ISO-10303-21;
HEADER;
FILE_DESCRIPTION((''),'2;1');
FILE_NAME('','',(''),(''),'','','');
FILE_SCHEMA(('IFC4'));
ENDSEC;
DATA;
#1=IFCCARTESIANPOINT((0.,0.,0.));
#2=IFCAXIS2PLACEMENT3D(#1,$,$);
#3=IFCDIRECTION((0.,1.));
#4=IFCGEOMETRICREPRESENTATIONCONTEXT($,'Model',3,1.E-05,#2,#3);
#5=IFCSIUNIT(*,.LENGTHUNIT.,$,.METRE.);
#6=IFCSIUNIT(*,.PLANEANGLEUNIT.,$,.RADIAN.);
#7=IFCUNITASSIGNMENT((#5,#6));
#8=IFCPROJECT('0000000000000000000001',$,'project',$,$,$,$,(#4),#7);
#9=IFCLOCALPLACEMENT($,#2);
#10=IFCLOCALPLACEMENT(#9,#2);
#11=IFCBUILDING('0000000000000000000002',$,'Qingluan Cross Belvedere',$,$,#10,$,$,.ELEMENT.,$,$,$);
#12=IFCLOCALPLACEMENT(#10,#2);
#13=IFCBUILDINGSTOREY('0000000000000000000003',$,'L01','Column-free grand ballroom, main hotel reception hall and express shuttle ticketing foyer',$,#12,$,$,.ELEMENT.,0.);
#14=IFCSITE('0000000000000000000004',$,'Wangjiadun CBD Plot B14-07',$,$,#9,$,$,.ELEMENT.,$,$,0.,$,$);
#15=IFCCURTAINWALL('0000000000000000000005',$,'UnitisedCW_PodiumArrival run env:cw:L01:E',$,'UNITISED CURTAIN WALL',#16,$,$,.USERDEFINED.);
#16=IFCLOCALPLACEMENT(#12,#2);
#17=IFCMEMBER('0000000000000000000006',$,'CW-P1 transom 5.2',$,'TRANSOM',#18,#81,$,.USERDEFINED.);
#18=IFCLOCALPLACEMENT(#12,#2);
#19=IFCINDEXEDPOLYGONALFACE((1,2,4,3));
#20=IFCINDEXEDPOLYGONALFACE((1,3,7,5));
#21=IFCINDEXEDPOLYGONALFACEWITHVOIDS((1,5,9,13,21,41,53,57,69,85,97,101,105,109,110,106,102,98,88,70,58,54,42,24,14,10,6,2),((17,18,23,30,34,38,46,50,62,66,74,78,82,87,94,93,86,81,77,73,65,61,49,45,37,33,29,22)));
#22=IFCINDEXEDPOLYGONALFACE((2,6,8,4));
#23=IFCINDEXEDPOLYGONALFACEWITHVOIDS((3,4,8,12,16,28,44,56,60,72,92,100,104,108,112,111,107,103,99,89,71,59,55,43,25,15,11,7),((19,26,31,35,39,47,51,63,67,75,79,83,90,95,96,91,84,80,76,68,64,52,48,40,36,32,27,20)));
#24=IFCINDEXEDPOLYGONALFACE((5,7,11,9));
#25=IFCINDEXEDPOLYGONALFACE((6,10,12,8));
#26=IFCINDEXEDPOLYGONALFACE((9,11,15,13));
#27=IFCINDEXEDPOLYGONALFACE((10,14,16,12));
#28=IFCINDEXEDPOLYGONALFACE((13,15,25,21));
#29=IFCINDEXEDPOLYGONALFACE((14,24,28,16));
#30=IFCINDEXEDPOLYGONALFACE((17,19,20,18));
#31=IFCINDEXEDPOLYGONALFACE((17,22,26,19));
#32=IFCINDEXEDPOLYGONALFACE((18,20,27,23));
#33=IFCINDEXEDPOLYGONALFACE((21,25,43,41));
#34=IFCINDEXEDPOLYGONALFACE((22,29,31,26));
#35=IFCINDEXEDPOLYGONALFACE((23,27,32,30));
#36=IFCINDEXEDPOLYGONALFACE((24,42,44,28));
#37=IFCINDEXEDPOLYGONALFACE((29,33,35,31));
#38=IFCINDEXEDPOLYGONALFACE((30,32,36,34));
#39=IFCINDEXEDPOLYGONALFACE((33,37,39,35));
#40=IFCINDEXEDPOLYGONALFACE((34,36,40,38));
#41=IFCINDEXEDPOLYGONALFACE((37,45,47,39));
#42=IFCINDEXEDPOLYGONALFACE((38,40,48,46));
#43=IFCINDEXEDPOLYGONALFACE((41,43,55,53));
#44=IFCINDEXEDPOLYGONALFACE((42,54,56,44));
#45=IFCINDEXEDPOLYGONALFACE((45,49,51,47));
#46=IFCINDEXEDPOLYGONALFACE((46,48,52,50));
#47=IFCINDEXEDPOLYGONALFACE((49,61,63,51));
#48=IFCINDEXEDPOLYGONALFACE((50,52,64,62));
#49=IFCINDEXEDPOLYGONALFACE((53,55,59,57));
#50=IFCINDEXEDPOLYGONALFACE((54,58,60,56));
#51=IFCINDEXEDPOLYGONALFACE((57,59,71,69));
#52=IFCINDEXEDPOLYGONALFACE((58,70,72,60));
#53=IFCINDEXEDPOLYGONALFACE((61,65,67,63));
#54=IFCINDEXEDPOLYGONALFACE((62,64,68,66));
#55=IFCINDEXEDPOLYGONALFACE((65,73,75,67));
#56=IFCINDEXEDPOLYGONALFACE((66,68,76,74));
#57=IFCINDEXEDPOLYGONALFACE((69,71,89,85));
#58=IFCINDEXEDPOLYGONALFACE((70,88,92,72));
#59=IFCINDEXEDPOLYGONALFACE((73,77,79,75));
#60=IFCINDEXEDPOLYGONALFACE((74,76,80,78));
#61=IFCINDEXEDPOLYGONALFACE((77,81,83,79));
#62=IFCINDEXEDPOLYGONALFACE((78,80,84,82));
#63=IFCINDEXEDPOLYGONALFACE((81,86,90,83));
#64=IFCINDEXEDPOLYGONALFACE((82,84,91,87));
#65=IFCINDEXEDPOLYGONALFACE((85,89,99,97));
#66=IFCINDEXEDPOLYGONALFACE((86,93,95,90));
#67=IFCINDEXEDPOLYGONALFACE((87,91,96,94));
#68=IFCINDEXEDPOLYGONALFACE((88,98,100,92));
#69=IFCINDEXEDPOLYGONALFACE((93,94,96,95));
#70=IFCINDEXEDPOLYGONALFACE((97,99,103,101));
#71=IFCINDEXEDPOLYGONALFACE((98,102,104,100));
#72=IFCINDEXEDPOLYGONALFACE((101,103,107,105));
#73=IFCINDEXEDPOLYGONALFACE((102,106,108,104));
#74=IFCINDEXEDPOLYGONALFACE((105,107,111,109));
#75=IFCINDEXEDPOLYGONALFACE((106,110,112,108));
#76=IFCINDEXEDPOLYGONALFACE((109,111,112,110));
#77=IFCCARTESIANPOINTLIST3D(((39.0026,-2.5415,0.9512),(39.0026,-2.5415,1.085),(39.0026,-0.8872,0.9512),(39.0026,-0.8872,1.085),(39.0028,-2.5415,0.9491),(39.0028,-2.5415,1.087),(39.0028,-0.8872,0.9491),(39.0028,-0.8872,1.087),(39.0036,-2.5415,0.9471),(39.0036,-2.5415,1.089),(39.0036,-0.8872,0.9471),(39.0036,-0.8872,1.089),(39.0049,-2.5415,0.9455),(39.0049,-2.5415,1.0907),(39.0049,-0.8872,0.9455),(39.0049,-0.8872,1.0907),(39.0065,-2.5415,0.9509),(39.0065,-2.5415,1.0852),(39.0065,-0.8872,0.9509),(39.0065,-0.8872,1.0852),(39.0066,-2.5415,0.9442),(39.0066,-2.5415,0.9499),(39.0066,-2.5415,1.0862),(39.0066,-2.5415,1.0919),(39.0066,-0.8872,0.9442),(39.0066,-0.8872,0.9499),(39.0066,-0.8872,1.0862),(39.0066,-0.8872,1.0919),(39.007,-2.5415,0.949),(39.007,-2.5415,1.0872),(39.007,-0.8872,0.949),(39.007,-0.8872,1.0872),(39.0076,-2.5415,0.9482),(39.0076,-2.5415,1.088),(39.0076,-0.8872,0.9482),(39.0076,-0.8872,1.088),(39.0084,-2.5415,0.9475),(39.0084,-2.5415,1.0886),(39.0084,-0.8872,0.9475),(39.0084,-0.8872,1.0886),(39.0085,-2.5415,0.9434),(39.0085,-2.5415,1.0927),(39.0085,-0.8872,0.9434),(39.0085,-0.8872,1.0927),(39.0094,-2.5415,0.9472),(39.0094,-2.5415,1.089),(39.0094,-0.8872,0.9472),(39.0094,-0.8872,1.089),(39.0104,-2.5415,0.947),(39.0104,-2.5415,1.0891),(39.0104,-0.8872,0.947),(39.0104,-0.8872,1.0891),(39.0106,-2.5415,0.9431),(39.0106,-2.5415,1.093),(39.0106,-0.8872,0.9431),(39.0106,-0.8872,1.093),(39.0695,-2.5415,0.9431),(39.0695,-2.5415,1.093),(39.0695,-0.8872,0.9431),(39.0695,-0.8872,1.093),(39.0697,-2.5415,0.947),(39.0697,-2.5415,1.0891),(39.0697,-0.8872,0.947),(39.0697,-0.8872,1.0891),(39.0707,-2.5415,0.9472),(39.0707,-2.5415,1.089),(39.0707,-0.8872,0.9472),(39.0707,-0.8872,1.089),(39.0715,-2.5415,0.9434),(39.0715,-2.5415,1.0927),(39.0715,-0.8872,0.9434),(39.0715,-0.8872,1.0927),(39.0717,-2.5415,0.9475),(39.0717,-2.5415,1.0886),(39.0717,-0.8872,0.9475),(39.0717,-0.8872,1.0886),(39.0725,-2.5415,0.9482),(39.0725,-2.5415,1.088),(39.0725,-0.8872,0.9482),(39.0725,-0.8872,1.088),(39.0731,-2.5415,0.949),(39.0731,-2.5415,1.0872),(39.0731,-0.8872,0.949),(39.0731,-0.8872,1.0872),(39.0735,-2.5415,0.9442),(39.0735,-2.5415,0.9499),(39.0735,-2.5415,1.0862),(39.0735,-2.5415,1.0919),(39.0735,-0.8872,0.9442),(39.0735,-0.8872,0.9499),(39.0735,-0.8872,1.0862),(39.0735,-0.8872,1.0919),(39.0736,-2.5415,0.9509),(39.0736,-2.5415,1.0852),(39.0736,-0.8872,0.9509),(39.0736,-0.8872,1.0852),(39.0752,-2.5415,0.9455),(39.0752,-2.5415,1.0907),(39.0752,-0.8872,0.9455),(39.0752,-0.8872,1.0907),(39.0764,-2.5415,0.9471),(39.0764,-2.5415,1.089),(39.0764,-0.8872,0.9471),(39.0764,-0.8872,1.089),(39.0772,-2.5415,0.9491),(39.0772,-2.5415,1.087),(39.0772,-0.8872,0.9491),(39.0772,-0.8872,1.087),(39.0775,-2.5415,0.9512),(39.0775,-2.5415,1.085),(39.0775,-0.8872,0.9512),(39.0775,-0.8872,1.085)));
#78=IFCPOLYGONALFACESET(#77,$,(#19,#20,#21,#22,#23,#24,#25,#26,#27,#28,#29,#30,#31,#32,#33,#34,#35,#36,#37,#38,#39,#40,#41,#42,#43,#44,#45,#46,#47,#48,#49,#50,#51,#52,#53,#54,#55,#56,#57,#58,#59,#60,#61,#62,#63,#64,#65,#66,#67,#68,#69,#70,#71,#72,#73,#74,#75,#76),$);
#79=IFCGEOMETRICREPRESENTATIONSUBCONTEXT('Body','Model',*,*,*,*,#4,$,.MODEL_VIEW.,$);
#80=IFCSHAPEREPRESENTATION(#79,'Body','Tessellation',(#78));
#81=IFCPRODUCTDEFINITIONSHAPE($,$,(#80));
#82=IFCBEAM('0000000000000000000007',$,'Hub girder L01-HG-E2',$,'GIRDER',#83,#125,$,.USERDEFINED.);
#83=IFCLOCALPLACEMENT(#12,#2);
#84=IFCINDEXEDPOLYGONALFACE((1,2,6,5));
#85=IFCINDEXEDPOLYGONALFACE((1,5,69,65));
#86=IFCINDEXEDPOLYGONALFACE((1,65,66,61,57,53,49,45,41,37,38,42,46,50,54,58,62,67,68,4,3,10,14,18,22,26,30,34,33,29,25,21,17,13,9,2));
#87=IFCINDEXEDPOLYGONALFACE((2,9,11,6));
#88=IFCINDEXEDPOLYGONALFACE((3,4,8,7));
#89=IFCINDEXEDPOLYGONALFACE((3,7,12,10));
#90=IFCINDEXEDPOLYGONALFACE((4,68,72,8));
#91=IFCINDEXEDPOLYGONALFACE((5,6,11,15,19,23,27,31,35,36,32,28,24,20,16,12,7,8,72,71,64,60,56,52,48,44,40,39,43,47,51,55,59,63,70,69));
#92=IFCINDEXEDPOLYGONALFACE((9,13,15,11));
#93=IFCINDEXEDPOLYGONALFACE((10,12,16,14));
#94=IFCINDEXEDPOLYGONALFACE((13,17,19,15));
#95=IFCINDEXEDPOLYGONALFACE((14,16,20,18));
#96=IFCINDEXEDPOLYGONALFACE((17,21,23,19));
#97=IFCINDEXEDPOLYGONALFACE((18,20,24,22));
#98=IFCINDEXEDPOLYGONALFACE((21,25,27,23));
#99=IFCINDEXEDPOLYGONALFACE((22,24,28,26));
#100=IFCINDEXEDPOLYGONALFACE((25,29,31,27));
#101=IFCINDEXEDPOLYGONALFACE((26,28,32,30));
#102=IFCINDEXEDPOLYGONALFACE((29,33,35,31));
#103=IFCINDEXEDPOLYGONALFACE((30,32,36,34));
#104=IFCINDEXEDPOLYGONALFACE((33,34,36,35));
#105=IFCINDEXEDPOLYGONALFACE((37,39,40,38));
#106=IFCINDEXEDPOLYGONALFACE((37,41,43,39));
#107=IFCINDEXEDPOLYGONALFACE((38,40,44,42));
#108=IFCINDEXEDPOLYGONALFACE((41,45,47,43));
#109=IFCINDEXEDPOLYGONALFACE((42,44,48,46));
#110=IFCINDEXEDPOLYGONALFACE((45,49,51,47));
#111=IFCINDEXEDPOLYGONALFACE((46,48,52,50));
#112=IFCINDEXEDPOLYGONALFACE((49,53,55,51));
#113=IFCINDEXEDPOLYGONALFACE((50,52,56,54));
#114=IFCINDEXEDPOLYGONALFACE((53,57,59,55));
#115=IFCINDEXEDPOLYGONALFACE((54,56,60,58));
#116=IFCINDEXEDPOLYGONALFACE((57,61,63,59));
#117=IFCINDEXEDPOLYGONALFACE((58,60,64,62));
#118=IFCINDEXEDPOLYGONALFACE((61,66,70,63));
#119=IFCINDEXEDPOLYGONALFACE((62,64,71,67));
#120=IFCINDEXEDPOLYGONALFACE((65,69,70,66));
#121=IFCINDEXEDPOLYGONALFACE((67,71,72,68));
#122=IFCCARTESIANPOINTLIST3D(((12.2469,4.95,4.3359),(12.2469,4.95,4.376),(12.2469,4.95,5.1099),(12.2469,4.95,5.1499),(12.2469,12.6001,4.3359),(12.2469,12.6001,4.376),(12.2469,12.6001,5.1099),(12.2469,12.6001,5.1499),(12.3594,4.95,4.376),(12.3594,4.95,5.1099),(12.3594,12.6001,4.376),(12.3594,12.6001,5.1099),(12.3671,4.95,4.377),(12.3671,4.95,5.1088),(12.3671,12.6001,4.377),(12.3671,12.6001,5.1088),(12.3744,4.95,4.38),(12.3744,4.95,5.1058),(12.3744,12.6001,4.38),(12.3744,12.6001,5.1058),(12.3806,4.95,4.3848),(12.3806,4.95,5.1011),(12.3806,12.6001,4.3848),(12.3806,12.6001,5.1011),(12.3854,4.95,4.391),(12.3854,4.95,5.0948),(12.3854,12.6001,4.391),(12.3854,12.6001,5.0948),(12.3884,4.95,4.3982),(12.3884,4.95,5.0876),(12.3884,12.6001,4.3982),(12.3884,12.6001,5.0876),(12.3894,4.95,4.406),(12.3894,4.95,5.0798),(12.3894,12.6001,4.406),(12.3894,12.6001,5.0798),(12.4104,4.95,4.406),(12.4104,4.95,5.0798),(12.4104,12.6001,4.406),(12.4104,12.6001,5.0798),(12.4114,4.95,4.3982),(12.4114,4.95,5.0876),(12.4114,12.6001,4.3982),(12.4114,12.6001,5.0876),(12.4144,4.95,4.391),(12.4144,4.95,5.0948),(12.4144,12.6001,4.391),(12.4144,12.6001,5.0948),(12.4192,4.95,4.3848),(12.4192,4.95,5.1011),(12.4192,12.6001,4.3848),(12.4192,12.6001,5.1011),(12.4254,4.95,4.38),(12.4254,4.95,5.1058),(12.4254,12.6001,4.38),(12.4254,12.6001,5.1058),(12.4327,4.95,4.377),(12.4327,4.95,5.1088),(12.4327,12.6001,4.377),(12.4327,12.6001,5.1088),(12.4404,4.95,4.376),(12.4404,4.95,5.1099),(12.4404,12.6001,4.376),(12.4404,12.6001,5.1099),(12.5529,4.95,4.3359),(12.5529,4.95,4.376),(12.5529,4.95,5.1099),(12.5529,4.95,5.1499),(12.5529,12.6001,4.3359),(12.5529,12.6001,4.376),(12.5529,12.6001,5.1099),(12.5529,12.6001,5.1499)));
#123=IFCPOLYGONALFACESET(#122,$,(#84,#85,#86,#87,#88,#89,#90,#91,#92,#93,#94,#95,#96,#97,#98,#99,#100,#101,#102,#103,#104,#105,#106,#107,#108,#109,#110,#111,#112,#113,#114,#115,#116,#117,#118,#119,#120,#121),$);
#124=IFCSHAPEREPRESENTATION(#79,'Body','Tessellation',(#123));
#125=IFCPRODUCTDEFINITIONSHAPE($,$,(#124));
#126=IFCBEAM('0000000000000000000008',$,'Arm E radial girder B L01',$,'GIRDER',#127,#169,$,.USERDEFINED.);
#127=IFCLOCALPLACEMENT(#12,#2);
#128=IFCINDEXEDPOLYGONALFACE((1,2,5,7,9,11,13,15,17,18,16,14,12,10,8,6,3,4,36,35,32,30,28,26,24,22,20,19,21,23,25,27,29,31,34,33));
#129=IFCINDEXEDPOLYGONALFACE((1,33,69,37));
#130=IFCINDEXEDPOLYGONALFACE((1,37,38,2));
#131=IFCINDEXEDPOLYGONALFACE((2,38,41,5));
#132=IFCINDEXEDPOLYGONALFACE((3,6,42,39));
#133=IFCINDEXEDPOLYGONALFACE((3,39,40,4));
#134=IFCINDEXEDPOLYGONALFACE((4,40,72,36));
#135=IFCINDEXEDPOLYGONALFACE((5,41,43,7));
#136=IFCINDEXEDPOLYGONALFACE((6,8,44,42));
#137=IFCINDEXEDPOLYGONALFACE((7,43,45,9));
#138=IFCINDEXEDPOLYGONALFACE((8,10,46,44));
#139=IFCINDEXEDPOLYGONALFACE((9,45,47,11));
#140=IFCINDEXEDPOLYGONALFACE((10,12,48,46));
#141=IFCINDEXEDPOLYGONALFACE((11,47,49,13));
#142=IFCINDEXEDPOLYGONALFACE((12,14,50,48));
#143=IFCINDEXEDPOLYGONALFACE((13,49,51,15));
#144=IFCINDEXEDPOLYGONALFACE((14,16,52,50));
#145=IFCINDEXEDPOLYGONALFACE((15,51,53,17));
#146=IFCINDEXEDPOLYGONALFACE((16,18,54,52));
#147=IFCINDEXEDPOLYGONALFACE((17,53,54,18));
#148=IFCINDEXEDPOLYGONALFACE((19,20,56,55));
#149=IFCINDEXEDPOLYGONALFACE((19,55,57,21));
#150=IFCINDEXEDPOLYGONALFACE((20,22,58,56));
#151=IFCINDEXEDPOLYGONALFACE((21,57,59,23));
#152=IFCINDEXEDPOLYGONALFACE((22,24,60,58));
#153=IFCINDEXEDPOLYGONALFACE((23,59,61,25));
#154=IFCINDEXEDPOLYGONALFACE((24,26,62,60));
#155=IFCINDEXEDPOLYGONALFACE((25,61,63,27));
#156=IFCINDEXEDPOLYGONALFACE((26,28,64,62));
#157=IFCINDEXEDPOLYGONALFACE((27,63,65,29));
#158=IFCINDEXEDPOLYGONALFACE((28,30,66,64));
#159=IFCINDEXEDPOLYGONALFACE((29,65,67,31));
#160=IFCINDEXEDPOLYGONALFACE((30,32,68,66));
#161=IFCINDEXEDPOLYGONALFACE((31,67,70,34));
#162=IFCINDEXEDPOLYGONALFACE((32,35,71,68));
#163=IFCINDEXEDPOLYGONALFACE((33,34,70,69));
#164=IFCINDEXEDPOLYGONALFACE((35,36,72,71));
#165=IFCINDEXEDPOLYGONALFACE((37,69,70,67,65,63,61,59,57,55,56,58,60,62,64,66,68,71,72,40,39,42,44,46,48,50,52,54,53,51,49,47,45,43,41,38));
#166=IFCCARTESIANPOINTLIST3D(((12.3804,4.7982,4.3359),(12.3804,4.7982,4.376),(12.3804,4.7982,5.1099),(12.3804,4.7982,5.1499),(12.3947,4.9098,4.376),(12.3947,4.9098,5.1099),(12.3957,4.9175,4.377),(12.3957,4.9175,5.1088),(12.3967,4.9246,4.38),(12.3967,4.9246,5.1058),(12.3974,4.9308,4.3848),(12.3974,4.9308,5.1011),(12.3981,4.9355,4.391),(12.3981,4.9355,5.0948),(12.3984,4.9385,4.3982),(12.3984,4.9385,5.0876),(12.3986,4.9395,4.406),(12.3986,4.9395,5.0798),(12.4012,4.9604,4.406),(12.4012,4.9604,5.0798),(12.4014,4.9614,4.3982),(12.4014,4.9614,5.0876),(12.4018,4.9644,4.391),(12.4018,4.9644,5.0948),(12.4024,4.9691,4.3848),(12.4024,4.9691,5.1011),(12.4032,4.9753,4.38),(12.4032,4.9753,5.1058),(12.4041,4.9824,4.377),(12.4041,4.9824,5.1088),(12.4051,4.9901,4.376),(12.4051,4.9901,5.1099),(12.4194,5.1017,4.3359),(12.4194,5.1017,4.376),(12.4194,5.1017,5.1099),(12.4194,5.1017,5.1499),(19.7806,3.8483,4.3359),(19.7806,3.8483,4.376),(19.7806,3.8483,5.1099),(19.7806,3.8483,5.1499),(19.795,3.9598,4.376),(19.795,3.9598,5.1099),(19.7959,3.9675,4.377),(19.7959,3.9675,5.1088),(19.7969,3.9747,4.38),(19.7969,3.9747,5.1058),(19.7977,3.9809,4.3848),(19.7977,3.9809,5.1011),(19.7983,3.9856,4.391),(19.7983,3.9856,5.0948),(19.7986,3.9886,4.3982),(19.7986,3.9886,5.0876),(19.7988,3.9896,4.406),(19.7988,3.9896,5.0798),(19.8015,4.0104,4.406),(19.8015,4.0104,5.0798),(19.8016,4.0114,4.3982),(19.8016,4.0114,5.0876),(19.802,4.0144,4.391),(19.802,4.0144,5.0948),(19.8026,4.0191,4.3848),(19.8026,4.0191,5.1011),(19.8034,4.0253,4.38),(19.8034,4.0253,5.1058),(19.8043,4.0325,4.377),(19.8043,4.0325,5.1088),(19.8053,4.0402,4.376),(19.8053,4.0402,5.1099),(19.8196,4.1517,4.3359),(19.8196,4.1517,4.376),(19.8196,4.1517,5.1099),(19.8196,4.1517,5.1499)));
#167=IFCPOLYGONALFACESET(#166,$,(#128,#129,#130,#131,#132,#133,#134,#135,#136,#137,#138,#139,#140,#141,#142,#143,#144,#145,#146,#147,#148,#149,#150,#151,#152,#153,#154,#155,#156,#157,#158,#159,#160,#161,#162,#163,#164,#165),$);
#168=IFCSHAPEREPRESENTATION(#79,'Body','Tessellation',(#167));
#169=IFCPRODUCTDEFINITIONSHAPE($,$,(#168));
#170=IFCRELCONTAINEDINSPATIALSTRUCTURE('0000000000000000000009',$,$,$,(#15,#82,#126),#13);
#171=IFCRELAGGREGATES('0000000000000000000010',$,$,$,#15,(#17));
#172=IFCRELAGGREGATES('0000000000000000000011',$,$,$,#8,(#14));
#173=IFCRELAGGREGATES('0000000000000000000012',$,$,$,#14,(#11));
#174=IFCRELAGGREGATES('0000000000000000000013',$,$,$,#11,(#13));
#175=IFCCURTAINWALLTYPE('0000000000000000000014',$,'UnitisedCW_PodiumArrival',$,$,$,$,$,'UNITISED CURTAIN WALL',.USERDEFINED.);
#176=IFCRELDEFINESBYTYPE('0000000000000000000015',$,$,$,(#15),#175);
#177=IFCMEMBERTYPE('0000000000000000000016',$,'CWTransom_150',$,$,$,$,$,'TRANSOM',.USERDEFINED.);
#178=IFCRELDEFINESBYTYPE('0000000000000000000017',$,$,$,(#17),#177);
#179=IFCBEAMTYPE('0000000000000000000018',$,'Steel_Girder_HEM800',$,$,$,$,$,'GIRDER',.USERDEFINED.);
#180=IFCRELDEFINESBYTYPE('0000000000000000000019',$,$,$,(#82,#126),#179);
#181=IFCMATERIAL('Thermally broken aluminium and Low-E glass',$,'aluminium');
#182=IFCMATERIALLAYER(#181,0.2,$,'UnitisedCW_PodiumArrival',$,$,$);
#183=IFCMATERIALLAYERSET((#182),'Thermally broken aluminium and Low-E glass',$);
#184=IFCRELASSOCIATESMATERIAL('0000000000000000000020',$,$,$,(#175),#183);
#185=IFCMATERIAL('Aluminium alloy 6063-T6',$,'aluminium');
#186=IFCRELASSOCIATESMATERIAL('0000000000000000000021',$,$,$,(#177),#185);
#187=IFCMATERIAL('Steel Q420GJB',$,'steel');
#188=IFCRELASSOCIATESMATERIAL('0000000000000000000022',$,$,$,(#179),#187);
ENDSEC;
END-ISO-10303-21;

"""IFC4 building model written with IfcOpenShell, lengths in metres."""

from ifc_helpers import new_model, si_unit, direction, frame, origin, origin_2d, place, context, subcontext, project, spatial, hollow_rectangle, i_section, extrude, material, layer, layer_set, material_profile, profile_set, type_object, element, aggregate, save


model = new_model("IFC4")

# Units and contexts
model_context = context("Model", 3, precision=1e-05, world=origin(), true_north=direction((0.0, 1.0)))
body_context = subcontext(model_context, "Body", "Model", "MODEL_VIEW")
ifc_project = project(units=[si_unit("LENGTHUNIT", "METRE"), si_unit("PLANEANGLEUNIT", "RADIAN")], contexts=[model_context])

# Site, building, storey
site_placement = place(None, origin())
site = spatial("IfcSite", under=ifc_project, at=site_placement, Name="Wangjiadun CBD Plot B14-07", CompositionType="ELEMENT", RefElevation=0.0)
building_placement = place(site_placement, origin())
building = spatial("IfcBuilding", under=site, at=building_placement, Name="Qingluan Cross Belvedere", CompositionType="ELEMENT")
storey_placement = place(building_placement, origin())
storey = spatial("IfcBuildingStorey", under=building, at=storey_placement, Name="L01", Description="Column-free grand ballroom, main hotel reception hall and express shuttle ticketing foyer", CompositionType="ELEMENT", Elevation=0.0)

# Curtain wall, member
ifc_material_1 = material(Name="Thermally broken aluminium and Low-E glass", Category="aluminium")
ifc_layer_1 = layer(ifc_material_1, 0.2, Name="UnitisedCW_PodiumArrival")
ifc_layer_set_1 = layer_set([ifc_layer_1], Name="Thermally broken aluminium and Low-E glass")
curtain_wall_type = type_object("IfcCurtainWallType", Name="UnitisedCW_PodiumArrival", ElementType="UNITISED CURTAIN WALL", PredefinedType="USERDEFINED", material=ifc_layer_set_1)
curtain_wall_placement = place(storey_placement, origin())
curtain_wall = element("IfcCurtainWall", 1, at=curtain_wall_placement, inside=storey, type_object=curtain_wall_type, Name="UnitisedCW_PodiumArrival run env:cw:L01:E", ObjectType="UNITISED CURTAIN WALL", PredefinedType="USERDEFINED")
ifc_material_2 = material(Name="Aluminium alloy 6063-T6", Category="aluminium")
ifc_material_profile_1 = material_profile(ifc_material_2, hollow_rectangle(XDim=0.075, YDim=0.1499, WallThickness=0.0039, InnerFilletRadius=0.0039, OuterFilletRadius=0.0081, at=origin_2d()), Name="CWT150x75x4")
ifc_profile_set_1 = profile_set([ifc_material_profile_1], Name="Aluminium alloy 6063-T6")
member_type_1 = type_object("IfcMemberType", Name="CWTransom_150", ElementType="TRANSOM", PredefinedType="USERDEFINED", material=ifc_profile_set_1)
member_1_placement = place(storey_placement, frame((39.04, -0.8872, 1.0181), z_axis=(0.0, -1.0, 0.0), x_axis=(1.0, 0.0, 0.0)))
member_1 = element("IfcMember", 2, at=member_1_placement, type_object=member_type_1, Name="CW-P1 transom 5.2", ObjectType="TRANSOM", PredefinedType="USERDEFINED", context=body_context, shape_type="SweptSolid", body=[
    extrude(hollow_rectangle(XDim=0.075, YDim=0.1499, WallThickness=0.0039, InnerFilletRadius=0.0039, OuterFilletRadius=0.0081, at=origin_2d()), origin(), (0.0, 0.0, 1.0), 1.6543),
])

# Beams
ifc_material_3 = material(Name="Steel Q420GJB", Category="steel")
ifc_material_profile_2 = material_profile(ifc_material_3, i_section(OverallWidth=0.3059, OverallDepth=0.814, WebThickness=0.021, FlangeThickness=0.04, FilletRadius=0.03, at=origin_2d()), Name="HEM800")
ifc_profile_set_2 = profile_set([ifc_material_profile_2], Name="Steel Q420GJB")
beam_type = type_object("IfcBeamType", Name="Steel_Girder_HEM800", ElementType="GIRDER", PredefinedType="USERDEFINED", material=ifc_profile_set_2)
beam_1_placement = place(storey_placement, frame((12.3999, 4.95, 4.7429), z_axis=(0.0, 1.0, 0.0), x_axis=(-1.0, 0.0, 0.0)))
element("IfcBeam", 3, at=beam_1_placement, inside=storey, type_object=beam_type, Name="Hub girder L01-HG-E2", ObjectType="GIRDER", PredefinedType="USERDEFINED", context=body_context, shape_type="SweptSolid", body=[
    extrude(i_section(OverallWidth=0.3059, OverallDepth=0.814, WebThickness=0.021, FlangeThickness=0.04, FilletRadius=0.03, at=origin_2d()), origin(), (0.0, 0.0, 1.0), 7.6501),
])
beam_2_placement = place(storey_placement, frame((12.3999, 4.95, 4.7429), z_axis=(0.991861, -0.127324, 0.0), x_axis=(0.127324, 0.991861, 0.0)))
element("IfcBeam", 4, at=beam_2_placement, inside=storey, type_object=beam_type, Name="Arm E radial girder B L01", ObjectType="GIRDER", PredefinedType="USERDEFINED", context=body_context, shape_type="SweptSolid", body=[
    extrude(i_section(OverallWidth=0.3059, OverallDepth=0.814, WebThickness=0.021, FlangeThickness=0.04, FilletRadius=0.03, at=origin_2d()), origin(), (0.0, 0.0, 1.0), 7.4609),
])

aggregate(curtain_wall, [member_1])

save(model, "model.ifc")
